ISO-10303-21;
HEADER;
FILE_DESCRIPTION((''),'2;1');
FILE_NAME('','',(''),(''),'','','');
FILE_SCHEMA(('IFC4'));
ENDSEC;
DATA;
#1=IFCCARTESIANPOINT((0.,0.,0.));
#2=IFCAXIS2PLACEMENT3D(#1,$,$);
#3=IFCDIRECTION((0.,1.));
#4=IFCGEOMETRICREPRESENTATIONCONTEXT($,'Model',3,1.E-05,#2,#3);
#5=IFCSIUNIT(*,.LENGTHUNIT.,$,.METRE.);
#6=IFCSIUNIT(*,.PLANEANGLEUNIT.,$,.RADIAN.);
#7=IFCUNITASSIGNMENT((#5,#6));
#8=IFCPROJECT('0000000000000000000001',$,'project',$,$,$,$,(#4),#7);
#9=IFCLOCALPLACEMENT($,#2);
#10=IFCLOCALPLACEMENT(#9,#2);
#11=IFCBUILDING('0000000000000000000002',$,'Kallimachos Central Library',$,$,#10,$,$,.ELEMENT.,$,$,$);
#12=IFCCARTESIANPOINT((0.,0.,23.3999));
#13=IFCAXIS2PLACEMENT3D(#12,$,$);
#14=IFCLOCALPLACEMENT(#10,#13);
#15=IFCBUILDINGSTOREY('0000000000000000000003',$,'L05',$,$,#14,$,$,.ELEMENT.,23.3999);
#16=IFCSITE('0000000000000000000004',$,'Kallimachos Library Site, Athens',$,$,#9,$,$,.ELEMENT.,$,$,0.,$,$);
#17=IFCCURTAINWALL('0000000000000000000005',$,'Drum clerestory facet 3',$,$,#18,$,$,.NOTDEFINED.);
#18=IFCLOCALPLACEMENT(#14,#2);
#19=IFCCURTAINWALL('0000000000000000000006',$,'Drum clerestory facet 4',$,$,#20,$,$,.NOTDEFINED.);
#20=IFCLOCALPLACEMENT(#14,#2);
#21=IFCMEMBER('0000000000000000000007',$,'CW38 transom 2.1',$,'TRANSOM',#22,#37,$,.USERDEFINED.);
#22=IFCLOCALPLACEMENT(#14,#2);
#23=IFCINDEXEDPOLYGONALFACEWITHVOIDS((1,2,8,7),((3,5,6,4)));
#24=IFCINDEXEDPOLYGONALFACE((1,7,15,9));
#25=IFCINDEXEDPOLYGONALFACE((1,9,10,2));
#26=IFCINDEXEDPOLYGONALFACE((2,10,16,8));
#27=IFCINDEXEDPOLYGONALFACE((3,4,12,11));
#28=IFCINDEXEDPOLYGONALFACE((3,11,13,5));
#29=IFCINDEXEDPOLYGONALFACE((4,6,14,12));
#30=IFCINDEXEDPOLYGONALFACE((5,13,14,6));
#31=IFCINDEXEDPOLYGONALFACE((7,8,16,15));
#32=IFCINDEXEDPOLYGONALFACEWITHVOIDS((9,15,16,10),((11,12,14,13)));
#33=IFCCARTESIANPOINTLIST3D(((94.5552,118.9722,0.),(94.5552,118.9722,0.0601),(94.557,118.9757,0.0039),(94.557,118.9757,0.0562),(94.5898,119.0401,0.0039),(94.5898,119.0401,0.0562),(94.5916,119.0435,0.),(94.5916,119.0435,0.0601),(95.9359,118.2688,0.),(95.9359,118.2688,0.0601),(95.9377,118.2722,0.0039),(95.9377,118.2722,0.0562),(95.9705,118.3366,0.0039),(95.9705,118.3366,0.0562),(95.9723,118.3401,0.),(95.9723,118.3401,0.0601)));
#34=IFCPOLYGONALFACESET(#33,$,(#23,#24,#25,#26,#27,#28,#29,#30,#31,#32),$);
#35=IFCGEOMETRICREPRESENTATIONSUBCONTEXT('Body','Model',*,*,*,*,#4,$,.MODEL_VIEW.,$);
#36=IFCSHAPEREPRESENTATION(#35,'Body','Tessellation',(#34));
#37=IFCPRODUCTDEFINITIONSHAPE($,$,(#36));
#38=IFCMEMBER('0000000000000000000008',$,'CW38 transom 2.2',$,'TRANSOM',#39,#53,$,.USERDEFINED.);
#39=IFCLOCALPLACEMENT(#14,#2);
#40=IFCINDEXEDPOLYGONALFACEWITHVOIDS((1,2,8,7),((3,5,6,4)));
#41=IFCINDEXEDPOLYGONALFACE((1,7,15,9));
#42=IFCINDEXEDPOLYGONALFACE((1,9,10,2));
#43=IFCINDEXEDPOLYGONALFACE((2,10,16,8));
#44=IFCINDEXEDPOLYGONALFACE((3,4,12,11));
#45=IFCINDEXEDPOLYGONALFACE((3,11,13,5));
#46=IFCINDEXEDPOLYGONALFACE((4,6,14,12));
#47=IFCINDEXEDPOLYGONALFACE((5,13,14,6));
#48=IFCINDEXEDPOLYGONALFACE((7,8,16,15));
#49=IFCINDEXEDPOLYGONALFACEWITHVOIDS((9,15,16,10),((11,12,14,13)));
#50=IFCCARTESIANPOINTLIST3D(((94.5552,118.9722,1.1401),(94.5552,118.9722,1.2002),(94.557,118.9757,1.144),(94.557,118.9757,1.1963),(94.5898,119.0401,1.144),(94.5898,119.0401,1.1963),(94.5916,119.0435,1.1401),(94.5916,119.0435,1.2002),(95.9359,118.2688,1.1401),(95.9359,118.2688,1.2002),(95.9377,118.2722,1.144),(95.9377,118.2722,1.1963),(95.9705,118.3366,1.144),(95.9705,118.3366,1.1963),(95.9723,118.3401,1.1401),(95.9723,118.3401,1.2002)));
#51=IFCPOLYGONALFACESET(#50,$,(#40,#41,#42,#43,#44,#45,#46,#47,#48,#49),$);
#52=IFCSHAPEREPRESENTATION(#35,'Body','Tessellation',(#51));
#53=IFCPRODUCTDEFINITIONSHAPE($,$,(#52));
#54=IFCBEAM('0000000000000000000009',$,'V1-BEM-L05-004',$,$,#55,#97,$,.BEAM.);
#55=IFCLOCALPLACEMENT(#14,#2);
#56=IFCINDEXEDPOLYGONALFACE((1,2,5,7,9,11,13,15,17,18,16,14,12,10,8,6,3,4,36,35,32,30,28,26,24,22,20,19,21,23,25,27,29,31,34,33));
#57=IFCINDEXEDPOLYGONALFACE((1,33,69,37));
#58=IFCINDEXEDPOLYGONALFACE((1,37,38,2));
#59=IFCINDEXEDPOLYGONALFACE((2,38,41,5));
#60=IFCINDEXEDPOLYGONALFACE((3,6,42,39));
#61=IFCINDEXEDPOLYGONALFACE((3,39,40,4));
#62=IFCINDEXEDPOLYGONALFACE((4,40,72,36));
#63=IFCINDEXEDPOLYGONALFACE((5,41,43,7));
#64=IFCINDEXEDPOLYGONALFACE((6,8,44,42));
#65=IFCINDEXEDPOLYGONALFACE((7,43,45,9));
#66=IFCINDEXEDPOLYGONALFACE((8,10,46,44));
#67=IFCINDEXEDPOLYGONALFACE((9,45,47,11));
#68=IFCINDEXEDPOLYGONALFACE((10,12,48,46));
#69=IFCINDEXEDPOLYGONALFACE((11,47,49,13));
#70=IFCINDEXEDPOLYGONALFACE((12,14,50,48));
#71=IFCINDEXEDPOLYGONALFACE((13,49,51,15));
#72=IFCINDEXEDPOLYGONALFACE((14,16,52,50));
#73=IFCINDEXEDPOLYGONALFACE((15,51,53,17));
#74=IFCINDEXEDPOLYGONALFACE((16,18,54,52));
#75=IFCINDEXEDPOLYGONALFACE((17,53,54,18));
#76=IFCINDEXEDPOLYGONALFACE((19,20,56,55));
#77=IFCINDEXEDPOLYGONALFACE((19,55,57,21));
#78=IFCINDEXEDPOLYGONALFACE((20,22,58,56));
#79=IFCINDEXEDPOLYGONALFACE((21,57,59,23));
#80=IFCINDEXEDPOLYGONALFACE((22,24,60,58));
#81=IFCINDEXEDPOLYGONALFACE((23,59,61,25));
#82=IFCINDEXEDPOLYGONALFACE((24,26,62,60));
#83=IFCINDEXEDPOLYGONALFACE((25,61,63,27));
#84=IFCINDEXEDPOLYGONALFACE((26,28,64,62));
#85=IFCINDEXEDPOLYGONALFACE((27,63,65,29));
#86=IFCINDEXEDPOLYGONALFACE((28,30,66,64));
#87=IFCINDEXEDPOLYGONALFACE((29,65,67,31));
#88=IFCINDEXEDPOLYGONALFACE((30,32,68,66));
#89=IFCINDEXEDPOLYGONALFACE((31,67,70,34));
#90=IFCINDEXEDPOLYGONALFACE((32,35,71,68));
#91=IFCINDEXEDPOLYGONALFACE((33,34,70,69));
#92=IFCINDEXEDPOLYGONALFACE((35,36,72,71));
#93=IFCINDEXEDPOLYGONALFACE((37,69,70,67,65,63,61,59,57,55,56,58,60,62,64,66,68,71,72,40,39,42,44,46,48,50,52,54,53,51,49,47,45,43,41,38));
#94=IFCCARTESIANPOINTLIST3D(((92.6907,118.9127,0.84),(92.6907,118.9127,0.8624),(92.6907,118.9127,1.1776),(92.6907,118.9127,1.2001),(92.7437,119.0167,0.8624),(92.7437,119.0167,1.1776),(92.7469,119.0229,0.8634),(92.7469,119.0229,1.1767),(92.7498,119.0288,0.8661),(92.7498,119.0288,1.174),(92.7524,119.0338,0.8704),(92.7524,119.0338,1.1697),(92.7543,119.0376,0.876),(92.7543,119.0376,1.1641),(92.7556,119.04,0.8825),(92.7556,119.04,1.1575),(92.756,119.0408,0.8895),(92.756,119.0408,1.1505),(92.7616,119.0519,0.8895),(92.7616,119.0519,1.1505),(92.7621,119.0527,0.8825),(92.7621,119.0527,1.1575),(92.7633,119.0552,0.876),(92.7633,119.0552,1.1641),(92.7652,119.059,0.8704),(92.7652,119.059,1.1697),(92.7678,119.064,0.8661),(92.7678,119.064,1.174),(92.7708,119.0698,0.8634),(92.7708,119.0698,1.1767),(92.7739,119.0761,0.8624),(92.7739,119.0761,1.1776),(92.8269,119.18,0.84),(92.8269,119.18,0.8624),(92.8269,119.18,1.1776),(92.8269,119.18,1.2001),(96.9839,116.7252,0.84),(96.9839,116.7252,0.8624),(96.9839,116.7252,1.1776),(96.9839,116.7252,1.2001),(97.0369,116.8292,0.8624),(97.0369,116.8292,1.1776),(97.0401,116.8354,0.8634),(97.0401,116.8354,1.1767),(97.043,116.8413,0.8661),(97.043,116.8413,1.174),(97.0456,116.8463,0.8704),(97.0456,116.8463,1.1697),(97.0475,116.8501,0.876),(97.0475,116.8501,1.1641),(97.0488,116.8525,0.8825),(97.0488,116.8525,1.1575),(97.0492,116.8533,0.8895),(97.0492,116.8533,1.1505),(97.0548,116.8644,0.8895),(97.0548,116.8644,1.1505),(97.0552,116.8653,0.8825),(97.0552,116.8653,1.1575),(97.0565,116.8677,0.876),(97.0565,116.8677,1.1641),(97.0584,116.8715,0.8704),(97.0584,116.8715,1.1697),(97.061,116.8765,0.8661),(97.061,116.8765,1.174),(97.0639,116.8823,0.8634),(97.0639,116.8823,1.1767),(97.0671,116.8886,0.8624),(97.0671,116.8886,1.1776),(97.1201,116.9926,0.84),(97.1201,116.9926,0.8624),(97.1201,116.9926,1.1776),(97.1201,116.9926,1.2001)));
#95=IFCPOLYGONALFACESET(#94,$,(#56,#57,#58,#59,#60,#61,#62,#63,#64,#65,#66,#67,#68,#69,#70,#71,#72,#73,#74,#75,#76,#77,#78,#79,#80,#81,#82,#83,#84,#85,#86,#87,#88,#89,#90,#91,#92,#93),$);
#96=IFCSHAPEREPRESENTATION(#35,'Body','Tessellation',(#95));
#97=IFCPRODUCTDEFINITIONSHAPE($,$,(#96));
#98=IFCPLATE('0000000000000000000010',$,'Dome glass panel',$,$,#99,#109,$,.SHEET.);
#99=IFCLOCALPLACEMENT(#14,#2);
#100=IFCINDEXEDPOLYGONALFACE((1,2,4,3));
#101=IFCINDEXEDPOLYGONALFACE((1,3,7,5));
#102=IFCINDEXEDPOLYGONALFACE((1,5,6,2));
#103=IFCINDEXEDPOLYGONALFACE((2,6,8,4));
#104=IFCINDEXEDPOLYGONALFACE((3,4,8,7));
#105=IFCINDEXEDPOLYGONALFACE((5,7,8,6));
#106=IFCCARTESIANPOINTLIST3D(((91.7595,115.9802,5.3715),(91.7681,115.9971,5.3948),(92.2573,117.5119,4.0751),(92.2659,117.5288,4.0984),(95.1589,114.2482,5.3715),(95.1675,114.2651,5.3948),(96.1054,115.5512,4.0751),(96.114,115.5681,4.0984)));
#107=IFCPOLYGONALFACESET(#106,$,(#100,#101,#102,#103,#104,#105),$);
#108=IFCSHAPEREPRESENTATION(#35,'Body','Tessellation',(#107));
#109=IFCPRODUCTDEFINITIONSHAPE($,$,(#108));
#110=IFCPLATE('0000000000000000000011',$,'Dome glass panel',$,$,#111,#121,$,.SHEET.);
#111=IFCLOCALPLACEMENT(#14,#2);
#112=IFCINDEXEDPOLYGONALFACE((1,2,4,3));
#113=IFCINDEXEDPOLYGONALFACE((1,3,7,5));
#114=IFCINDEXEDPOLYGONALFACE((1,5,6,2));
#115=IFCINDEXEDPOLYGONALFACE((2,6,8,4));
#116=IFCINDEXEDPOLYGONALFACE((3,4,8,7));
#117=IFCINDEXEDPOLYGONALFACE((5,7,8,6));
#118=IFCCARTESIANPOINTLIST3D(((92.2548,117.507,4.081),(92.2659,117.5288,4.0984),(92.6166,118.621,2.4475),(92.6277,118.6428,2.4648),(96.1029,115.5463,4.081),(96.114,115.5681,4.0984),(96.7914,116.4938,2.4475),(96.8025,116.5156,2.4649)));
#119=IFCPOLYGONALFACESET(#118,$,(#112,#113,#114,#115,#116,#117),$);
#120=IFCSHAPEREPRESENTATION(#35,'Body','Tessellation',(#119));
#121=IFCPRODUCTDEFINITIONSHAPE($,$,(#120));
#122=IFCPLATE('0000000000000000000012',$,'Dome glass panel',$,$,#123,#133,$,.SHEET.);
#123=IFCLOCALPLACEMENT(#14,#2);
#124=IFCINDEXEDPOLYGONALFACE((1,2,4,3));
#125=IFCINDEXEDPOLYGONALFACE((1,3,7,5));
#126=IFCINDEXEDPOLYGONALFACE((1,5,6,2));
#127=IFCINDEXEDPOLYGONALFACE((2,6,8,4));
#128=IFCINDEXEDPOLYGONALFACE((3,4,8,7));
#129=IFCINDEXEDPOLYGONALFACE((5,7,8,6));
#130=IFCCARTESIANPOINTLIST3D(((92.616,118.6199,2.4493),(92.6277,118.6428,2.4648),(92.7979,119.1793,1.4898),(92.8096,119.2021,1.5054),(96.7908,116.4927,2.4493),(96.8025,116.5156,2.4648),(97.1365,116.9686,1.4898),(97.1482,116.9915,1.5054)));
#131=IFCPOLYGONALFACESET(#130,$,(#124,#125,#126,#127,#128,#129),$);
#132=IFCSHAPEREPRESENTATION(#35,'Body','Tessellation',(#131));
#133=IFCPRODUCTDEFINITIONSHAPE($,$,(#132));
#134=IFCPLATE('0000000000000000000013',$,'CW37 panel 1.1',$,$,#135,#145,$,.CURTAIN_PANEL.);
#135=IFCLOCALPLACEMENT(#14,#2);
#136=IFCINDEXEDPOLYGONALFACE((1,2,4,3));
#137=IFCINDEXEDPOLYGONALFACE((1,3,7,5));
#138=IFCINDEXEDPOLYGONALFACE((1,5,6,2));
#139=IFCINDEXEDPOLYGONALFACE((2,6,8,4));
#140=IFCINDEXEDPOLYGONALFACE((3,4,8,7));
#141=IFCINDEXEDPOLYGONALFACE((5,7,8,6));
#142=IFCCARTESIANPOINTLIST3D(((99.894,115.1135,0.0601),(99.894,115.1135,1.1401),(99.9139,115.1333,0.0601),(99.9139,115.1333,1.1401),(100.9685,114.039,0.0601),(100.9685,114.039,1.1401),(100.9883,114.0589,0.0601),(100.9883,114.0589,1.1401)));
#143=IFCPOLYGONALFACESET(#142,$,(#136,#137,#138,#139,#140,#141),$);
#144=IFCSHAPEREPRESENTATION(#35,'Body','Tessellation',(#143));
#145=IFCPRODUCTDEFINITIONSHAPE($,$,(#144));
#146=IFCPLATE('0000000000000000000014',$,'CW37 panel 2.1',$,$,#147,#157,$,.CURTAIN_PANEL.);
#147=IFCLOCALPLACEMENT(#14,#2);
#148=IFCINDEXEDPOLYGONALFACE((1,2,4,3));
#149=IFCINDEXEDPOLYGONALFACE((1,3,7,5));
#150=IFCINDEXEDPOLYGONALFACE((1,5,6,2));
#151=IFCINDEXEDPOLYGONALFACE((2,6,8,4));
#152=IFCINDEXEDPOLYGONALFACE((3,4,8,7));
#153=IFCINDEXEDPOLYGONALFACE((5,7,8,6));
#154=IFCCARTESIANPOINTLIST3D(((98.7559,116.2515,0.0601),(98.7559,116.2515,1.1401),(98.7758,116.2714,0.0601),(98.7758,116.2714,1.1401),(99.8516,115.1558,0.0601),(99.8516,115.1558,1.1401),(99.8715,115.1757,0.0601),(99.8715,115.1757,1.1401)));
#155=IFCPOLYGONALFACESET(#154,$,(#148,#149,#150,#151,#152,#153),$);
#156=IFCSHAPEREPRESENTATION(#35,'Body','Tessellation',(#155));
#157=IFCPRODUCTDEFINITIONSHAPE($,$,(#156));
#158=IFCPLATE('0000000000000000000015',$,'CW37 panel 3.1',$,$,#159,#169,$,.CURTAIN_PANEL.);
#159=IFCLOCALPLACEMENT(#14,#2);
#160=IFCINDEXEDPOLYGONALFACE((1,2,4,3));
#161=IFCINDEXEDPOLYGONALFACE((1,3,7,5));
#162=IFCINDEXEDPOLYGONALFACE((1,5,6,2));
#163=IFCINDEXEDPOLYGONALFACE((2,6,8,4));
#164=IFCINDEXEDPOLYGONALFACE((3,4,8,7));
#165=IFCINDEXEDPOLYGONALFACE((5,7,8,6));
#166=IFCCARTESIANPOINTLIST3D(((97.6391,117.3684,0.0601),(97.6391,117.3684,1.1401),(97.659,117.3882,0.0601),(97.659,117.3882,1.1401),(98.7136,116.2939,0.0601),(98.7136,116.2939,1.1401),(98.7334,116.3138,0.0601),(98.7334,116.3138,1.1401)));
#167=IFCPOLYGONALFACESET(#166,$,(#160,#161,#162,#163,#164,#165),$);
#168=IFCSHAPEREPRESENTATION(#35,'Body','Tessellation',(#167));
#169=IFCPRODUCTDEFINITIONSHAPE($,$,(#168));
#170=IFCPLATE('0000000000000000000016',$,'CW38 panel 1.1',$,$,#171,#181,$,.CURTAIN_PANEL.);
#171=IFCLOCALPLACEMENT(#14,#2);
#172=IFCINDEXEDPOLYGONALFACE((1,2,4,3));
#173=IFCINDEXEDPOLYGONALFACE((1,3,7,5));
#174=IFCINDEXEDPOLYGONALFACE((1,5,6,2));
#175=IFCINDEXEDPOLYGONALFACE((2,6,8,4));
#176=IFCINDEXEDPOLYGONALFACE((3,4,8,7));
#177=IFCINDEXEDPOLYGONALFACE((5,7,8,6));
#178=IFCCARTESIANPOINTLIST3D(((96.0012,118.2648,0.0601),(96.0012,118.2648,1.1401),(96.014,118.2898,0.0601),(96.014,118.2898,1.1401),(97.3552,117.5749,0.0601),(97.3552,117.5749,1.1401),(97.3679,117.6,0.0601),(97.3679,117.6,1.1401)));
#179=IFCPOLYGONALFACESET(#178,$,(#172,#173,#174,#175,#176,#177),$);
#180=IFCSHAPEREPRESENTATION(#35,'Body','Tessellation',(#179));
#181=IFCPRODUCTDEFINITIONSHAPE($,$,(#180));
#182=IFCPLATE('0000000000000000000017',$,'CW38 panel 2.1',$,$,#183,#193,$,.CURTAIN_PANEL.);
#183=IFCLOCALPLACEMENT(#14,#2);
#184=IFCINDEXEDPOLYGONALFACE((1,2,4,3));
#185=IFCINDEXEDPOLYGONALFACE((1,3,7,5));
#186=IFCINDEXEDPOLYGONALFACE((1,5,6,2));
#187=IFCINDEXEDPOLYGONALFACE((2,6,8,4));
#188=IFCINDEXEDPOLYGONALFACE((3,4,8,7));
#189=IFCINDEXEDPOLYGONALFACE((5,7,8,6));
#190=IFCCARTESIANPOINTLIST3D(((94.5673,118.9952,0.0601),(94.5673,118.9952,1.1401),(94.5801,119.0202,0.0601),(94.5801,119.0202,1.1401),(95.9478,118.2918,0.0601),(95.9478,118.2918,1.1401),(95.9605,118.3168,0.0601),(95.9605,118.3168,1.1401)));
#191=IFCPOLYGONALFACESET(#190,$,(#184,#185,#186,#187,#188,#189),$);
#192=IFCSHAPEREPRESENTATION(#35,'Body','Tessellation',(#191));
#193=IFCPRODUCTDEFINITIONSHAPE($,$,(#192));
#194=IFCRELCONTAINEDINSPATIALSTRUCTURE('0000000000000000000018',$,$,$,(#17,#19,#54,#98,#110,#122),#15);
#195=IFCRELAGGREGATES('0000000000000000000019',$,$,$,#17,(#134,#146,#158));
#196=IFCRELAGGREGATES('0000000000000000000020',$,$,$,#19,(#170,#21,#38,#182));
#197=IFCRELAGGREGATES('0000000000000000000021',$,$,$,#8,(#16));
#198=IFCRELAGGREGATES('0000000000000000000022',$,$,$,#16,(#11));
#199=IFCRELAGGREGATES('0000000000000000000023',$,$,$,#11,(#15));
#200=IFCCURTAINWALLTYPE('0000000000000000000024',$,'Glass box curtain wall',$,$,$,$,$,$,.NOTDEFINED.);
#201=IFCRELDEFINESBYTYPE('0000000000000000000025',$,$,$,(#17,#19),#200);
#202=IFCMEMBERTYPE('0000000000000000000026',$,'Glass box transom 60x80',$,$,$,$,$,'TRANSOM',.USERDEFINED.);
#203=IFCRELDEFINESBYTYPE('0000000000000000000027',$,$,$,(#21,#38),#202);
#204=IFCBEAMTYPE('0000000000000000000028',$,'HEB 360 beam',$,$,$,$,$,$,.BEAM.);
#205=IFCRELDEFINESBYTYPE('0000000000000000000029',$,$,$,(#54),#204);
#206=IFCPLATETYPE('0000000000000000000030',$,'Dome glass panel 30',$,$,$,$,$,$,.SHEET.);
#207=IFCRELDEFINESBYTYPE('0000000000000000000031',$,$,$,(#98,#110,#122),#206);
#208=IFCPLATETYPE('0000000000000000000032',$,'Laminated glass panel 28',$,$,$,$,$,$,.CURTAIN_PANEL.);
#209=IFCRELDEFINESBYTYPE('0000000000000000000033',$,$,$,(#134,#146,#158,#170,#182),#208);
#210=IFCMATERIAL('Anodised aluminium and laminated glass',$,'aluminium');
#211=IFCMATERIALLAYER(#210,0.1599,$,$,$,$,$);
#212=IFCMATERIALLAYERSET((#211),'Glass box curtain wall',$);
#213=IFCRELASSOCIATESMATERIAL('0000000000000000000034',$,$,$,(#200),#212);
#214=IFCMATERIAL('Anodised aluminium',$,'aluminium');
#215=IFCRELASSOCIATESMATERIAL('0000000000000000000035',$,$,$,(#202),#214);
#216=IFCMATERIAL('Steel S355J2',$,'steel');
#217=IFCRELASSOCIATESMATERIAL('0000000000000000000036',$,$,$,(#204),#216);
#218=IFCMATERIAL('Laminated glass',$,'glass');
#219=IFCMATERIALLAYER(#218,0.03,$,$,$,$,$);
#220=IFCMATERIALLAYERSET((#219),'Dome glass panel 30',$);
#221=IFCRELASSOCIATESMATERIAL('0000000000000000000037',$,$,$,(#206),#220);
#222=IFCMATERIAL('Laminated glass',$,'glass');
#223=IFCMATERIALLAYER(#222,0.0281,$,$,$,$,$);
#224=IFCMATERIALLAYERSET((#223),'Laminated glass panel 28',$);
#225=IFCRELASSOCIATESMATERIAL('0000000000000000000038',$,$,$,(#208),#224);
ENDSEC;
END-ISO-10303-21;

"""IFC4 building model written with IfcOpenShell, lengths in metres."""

from ifc_helpers import new_model, si_unit, direction, frame, origin, origin_2d, place, context, subcontext, project, spatial, polyline, rectangle, hollow_rectangle, i_section, outline, extrude, material, layer, layer_set, material_profile, profile_set, type_object, element, aggregate, save


model = new_model("IFC4")

# Units and contexts
model_context = context("Model", 3, precision=1e-05, world=origin(), true_north=direction((0.0, 1.0)))
body_context = subcontext(model_context, "Body", "Model", "MODEL_VIEW")
ifc_project = project(units=[si_unit("LENGTHUNIT", "METRE"), si_unit("PLANEANGLEUNIT", "RADIAN")], contexts=[model_context])

# Site, building, storey
site_placement = place(None, origin())
site = spatial("IfcSite", under=ifc_project, at=site_placement, Name="Kallimachos Library Site, Athens", CompositionType="ELEMENT", RefElevation=0.0)
building_placement = place(site_placement, origin())
building = spatial("IfcBuilding", under=site, at=building_placement, Name="Kallimachos Central Library", CompositionType="ELEMENT")
storey_placement = place(building_placement, frame((0.0, 0.0, 23.3999)))
storey = spatial("IfcBuildingStorey", under=building, at=storey_placement, Name="L05", CompositionType="ELEMENT", Elevation=23.3999)

# Curtain walls
ifc_material_1 = material(Name="Anodised aluminium and laminated glass", Category="aluminium")
ifc_layer_1 = layer(ifc_material_1, 0.1599)
ifc_layer_set_1 = layer_set([ifc_layer_1], Name="Glass box curtain wall")
curtain_wall_type = type_object("IfcCurtainWallType", Name="Glass box curtain wall", PredefinedType="NOTDEFINED", material=ifc_layer_set_1)
curtain_wall_1_placement = place(storey_placement, origin())
curtain_wall_1 = element("IfcCurtainWall", 1, at=curtain_wall_1_placement, inside=storey, type_object=curtain_wall_type, Name="Drum clerestory facet 3", PredefinedType="NOTDEFINED")
curtain_wall_2_placement = place(storey_placement, origin())
curtain_wall_2 = element("IfcCurtainWall", 2, at=curtain_wall_2_placement, inside=storey, type_object=curtain_wall_type, Name="Drum clerestory facet 4", PredefinedType="NOTDEFINED")

# Members
ifc_material_2 = material(Name="Anodised aluminium", Category="aluminium")
ifc_material_profile_1 = material_profile(ifc_material_2, hollow_rectangle(XDim=0.0601, YDim=0.0801, WallThickness=0.0039, at=origin_2d()), Name="ALU TRANSOM 60x80")
ifc_profile_set_1 = profile_set([ifc_material_profile_1], Name="Anodised aluminium")
member_type_1 = type_object("IfcMemberType", Name="Glass box transom 60x80", ElementType="TRANSOM", PredefinedType="USERDEFINED", material=ifc_profile_set_1)
member_1_placement = place(storey_placement, frame((95.9541, 118.3044, 0.03), z_axis=(-0.89103, 0.453945, 0.0), x_axis=(0.0, 0.0, 1.0)))
member_1 = element("IfcMember", 3, at=member_1_placement, type_object=member_type_1, Name="CW38 transom 2.1", ObjectType="TRANSOM", PredefinedType="USERDEFINED", context=body_context, shape_type="SweptSolid", body=[
    extrude(hollow_rectangle(XDim=0.0601, YDim=0.0801, WallThickness=0.0039, at=origin_2d()), origin(), (0.0, 0.0, 1.0), 1.5496),
])
member_2_placement = place(storey_placement, frame((95.9541, 118.3044, 1.1702), z_axis=(-0.89103, 0.453945, 0.0), x_axis=(0.0, 0.0, 1.0)))
member_2 = element("IfcMember", 4, at=member_2_placement, type_object=member_type_1, Name="CW38 transom 2.2", ObjectType="TRANSOM", PredefinedType="USERDEFINED", context=body_context, shape_type="SweptSolid", body=[
    extrude(hollow_rectangle(XDim=0.0601, YDim=0.0801, WallThickness=0.0039, at=origin_2d()), origin(), (0.0, 0.0, 1.0), 1.5496),
])

# Beam
ifc_material_3 = material(Name="Steel S355J2", Category="steel")
ifc_material_profile_2 = material_profile(ifc_material_3, i_section(OverallWidth=0.3, OverallDepth=0.3601, WebThickness=0.0125, FlangeThickness=0.0225, FilletRadius=0.0271, at=origin_2d()), Name="HEB 360")
ifc_profile_set_2 = profile_set([ifc_material_profile_2], Name="Steel S355J2")
beam_type = type_object("IfcBeamType", Name="HEB 360 beam", PredefinedType="BEAM", material=ifc_profile_set_2)
beam_placement = place(storey_placement, frame((97.052, 116.8589, 1.02), z_axis=(-0.891007, 0.45399, 0.0), x_axis=(-0.45399, -0.891007, 0.0)))
element("IfcBeam", 5, at=beam_placement, inside=storey, type_object=beam_type, Name="V1-BEM-L05-004", PredefinedType="BEAM", context=body_context, shape_type="SweptSolid", body=[
    extrude(i_section(OverallWidth=0.3, OverallDepth=0.3601, WebThickness=0.0125, FlangeThickness=0.0225, FilletRadius=0.0271, at=origin_2d()), origin(), (0.0, 0.0, 1.0), 4.8184),
])

# Plates
ifc_material_4 = material(Name="Laminated glass", Category="glass")
ifc_layer_2 = layer(ifc_material_4, 0.03)
ifc_layer_set_2 = layer_set([ifc_layer_2], Name="Dome glass panel 30")
plate_type_1 = type_object("IfcPlateType", Name="Dome glass panel 30", PredefinedType="SHEET", material=ifc_layer_set_2)
plate_1_placement = place(storey_placement, frame((95.1675, 114.2651, 5.3948), z_axis=(0.286793, 0.562892, 0.775179), x_axis=(0.457834, 0.630249, -0.627036)))
element("IfcPlate", 6, at=plate_1_placement, inside=storey, type_object=plate_type_1, Name="Dome glass panel", PredefinedType="SHEET", context=body_context, shape_type="SweptSolid", body=[
    extrude(outline(polyline([(0.0, 0.0), (2.0674, 0.0), (1.5413, 4.2867), (-0.4648, 3.7868), (0.0, 0.0)])), origin(), (0.0, 0.0, -1.0), 0.03),
])
plate_2_placement = place(storey_placement, frame((96.114, 115.5681, 4.0984), z_axis=(0.370496, 0.727139, 0.577928), x_axis=(0.342524, 0.471398, -0.812688)))
element("IfcPlate", 7, at=plate_2_placement, inside=storey, type_object=plate_type_1, Name="Dome glass panel", PredefinedType="SHEET", context=body_context, shape_type="SweptSolid", body=[
    extrude(outline(polyline([(0.0, 0.0), (2.01, 0.0), (1.5828, 4.666), (-0.3938, 4.3009), (0.0, 0.0)])), origin(), (0.0, 0.0, -1.0), 0.03),
])
plate_3_placement = place(storey_placement, frame((96.8025, 116.5156, 2.4648), z_axis=(0.38836, 0.762186, 0.517928), x_axis=(0.307187, 0.422818, -0.852561)))
element("IfcPlate", 8, at=plate_3_placement, inside=storey, type_object=plate_type_1, Name="Dome glass panel", PredefinedType="SHEET", context=body_context, shape_type="SweptSolid", body=[
    extrude(outline(polyline([(0.0, 0.0), (1.1254, 0.0), (0.7273, 4.8531), (-0.383, 4.6698), (0.0, 0.0)])), origin(), (0.0, 0.0, -1.0), 0.03),
])

# Plates
ifc_material_5 = material(Name="Laminated glass", Category="glass")
ifc_layer_3 = layer(ifc_material_5, 0.0281)
ifc_layer_set_3 = layer_set([ifc_layer_3], Name="Laminated glass panel 28")
plate_type_2 = type_object("IfcPlateType", Name="Laminated glass panel 28", PredefinedType="CURTAIN_PANEL", material=ifc_layer_set_3)
plate_4_placement = place(storey_placement, frame((100.4412, 114.5862, 0.0601), z_axis=(0.0, 0.0, 1.0), x_axis=(-0.707107, 0.707107, 0.0)))
plate_4 = element("IfcPlate", 9, at=plate_4_placement, type_object=plate_type_2, Name="CW37 panel 1.1", PredefinedType="CURTAIN_PANEL", context=body_context, shape_type="SweptSolid", body=[
    extrude(rectangle(XDim=1.5195, YDim=0.0281, at=origin_2d()), origin(), (0.0, 0.0, 1.0), 1.0801),
])
plate_5_placement = place(storey_placement, frame((99.3137, 115.7136, 0.0601), z_axis=(0.0, 0.0, 1.0), x_axis=(-0.707107, 0.707107, 0.0)))
plate_5 = element("IfcPlate", 10, at=plate_5_placement, type_object=plate_type_2, Name="CW37 panel 2.1", PredefinedType="CURTAIN_PANEL", context=body_context, shape_type="SweptSolid", body=[
    extrude(rectangle(XDim=1.5496, YDim=0.0281, at=origin_2d()), origin(), (0.0, 0.0, 1.0), 1.0801),
])
plate_6_placement = place(storey_placement, frame((98.1863, 116.8411, 0.0601), z_axis=(0.0, 0.0, 1.0), x_axis=(-0.707107, 0.707107, 0.0)))
plate_6 = element("IfcPlate", 11, at=plate_6_placement, type_object=plate_type_2, Name="CW37 panel 3.1", PredefinedType="CURTAIN_PANEL", context=body_context, shape_type="SweptSolid", body=[
    extrude(rectangle(XDim=1.5195, YDim=0.0281, at=origin_2d()), origin(), (0.0, 0.0, 1.0), 1.0801),
])
aggregate(curtain_wall_1, [plate_4, plate_5, plate_6])
plate_7_placement = place(storey_placement, frame((96.6846, 117.9324, 0.0601), z_axis=(0.0, 0.0, 1.0), x_axis=(-0.891006, 0.453991, 0.0)))
plate_7 = element("IfcPlate", 12, at=plate_7_placement, type_object=plate_type_2, Name="CW38 panel 1.1", PredefinedType="CURTAIN_PANEL", context=body_context, shape_type="SweptSolid", body=[
    extrude(rectangle(XDim=1.5195, YDim=0.0281, at=origin_2d()), origin(), (0.0, 0.0, 1.0), 1.0801),
])
plate_8_placement = place(storey_placement, frame((95.2639, 118.656, 0.0601), z_axis=(0.0, 0.0, 1.0), x_axis=(-0.891006, 0.453991, 0.0)))
plate_8 = element("IfcPlate", 13, at=plate_8_placement, type_object=plate_type_2, Name="CW38 panel 2.1", PredefinedType="CURTAIN_PANEL", context=body_context, shape_type="SweptSolid", body=[
    extrude(rectangle(XDim=1.5493, YDim=0.0281, at=origin_2d()), origin(), (0.0, 0.0, 1.0), 1.0801),
])
aggregate(curtain_wall_2, [plate_7, member_1, member_2, plate_8])

save(model, "model.ifc")
